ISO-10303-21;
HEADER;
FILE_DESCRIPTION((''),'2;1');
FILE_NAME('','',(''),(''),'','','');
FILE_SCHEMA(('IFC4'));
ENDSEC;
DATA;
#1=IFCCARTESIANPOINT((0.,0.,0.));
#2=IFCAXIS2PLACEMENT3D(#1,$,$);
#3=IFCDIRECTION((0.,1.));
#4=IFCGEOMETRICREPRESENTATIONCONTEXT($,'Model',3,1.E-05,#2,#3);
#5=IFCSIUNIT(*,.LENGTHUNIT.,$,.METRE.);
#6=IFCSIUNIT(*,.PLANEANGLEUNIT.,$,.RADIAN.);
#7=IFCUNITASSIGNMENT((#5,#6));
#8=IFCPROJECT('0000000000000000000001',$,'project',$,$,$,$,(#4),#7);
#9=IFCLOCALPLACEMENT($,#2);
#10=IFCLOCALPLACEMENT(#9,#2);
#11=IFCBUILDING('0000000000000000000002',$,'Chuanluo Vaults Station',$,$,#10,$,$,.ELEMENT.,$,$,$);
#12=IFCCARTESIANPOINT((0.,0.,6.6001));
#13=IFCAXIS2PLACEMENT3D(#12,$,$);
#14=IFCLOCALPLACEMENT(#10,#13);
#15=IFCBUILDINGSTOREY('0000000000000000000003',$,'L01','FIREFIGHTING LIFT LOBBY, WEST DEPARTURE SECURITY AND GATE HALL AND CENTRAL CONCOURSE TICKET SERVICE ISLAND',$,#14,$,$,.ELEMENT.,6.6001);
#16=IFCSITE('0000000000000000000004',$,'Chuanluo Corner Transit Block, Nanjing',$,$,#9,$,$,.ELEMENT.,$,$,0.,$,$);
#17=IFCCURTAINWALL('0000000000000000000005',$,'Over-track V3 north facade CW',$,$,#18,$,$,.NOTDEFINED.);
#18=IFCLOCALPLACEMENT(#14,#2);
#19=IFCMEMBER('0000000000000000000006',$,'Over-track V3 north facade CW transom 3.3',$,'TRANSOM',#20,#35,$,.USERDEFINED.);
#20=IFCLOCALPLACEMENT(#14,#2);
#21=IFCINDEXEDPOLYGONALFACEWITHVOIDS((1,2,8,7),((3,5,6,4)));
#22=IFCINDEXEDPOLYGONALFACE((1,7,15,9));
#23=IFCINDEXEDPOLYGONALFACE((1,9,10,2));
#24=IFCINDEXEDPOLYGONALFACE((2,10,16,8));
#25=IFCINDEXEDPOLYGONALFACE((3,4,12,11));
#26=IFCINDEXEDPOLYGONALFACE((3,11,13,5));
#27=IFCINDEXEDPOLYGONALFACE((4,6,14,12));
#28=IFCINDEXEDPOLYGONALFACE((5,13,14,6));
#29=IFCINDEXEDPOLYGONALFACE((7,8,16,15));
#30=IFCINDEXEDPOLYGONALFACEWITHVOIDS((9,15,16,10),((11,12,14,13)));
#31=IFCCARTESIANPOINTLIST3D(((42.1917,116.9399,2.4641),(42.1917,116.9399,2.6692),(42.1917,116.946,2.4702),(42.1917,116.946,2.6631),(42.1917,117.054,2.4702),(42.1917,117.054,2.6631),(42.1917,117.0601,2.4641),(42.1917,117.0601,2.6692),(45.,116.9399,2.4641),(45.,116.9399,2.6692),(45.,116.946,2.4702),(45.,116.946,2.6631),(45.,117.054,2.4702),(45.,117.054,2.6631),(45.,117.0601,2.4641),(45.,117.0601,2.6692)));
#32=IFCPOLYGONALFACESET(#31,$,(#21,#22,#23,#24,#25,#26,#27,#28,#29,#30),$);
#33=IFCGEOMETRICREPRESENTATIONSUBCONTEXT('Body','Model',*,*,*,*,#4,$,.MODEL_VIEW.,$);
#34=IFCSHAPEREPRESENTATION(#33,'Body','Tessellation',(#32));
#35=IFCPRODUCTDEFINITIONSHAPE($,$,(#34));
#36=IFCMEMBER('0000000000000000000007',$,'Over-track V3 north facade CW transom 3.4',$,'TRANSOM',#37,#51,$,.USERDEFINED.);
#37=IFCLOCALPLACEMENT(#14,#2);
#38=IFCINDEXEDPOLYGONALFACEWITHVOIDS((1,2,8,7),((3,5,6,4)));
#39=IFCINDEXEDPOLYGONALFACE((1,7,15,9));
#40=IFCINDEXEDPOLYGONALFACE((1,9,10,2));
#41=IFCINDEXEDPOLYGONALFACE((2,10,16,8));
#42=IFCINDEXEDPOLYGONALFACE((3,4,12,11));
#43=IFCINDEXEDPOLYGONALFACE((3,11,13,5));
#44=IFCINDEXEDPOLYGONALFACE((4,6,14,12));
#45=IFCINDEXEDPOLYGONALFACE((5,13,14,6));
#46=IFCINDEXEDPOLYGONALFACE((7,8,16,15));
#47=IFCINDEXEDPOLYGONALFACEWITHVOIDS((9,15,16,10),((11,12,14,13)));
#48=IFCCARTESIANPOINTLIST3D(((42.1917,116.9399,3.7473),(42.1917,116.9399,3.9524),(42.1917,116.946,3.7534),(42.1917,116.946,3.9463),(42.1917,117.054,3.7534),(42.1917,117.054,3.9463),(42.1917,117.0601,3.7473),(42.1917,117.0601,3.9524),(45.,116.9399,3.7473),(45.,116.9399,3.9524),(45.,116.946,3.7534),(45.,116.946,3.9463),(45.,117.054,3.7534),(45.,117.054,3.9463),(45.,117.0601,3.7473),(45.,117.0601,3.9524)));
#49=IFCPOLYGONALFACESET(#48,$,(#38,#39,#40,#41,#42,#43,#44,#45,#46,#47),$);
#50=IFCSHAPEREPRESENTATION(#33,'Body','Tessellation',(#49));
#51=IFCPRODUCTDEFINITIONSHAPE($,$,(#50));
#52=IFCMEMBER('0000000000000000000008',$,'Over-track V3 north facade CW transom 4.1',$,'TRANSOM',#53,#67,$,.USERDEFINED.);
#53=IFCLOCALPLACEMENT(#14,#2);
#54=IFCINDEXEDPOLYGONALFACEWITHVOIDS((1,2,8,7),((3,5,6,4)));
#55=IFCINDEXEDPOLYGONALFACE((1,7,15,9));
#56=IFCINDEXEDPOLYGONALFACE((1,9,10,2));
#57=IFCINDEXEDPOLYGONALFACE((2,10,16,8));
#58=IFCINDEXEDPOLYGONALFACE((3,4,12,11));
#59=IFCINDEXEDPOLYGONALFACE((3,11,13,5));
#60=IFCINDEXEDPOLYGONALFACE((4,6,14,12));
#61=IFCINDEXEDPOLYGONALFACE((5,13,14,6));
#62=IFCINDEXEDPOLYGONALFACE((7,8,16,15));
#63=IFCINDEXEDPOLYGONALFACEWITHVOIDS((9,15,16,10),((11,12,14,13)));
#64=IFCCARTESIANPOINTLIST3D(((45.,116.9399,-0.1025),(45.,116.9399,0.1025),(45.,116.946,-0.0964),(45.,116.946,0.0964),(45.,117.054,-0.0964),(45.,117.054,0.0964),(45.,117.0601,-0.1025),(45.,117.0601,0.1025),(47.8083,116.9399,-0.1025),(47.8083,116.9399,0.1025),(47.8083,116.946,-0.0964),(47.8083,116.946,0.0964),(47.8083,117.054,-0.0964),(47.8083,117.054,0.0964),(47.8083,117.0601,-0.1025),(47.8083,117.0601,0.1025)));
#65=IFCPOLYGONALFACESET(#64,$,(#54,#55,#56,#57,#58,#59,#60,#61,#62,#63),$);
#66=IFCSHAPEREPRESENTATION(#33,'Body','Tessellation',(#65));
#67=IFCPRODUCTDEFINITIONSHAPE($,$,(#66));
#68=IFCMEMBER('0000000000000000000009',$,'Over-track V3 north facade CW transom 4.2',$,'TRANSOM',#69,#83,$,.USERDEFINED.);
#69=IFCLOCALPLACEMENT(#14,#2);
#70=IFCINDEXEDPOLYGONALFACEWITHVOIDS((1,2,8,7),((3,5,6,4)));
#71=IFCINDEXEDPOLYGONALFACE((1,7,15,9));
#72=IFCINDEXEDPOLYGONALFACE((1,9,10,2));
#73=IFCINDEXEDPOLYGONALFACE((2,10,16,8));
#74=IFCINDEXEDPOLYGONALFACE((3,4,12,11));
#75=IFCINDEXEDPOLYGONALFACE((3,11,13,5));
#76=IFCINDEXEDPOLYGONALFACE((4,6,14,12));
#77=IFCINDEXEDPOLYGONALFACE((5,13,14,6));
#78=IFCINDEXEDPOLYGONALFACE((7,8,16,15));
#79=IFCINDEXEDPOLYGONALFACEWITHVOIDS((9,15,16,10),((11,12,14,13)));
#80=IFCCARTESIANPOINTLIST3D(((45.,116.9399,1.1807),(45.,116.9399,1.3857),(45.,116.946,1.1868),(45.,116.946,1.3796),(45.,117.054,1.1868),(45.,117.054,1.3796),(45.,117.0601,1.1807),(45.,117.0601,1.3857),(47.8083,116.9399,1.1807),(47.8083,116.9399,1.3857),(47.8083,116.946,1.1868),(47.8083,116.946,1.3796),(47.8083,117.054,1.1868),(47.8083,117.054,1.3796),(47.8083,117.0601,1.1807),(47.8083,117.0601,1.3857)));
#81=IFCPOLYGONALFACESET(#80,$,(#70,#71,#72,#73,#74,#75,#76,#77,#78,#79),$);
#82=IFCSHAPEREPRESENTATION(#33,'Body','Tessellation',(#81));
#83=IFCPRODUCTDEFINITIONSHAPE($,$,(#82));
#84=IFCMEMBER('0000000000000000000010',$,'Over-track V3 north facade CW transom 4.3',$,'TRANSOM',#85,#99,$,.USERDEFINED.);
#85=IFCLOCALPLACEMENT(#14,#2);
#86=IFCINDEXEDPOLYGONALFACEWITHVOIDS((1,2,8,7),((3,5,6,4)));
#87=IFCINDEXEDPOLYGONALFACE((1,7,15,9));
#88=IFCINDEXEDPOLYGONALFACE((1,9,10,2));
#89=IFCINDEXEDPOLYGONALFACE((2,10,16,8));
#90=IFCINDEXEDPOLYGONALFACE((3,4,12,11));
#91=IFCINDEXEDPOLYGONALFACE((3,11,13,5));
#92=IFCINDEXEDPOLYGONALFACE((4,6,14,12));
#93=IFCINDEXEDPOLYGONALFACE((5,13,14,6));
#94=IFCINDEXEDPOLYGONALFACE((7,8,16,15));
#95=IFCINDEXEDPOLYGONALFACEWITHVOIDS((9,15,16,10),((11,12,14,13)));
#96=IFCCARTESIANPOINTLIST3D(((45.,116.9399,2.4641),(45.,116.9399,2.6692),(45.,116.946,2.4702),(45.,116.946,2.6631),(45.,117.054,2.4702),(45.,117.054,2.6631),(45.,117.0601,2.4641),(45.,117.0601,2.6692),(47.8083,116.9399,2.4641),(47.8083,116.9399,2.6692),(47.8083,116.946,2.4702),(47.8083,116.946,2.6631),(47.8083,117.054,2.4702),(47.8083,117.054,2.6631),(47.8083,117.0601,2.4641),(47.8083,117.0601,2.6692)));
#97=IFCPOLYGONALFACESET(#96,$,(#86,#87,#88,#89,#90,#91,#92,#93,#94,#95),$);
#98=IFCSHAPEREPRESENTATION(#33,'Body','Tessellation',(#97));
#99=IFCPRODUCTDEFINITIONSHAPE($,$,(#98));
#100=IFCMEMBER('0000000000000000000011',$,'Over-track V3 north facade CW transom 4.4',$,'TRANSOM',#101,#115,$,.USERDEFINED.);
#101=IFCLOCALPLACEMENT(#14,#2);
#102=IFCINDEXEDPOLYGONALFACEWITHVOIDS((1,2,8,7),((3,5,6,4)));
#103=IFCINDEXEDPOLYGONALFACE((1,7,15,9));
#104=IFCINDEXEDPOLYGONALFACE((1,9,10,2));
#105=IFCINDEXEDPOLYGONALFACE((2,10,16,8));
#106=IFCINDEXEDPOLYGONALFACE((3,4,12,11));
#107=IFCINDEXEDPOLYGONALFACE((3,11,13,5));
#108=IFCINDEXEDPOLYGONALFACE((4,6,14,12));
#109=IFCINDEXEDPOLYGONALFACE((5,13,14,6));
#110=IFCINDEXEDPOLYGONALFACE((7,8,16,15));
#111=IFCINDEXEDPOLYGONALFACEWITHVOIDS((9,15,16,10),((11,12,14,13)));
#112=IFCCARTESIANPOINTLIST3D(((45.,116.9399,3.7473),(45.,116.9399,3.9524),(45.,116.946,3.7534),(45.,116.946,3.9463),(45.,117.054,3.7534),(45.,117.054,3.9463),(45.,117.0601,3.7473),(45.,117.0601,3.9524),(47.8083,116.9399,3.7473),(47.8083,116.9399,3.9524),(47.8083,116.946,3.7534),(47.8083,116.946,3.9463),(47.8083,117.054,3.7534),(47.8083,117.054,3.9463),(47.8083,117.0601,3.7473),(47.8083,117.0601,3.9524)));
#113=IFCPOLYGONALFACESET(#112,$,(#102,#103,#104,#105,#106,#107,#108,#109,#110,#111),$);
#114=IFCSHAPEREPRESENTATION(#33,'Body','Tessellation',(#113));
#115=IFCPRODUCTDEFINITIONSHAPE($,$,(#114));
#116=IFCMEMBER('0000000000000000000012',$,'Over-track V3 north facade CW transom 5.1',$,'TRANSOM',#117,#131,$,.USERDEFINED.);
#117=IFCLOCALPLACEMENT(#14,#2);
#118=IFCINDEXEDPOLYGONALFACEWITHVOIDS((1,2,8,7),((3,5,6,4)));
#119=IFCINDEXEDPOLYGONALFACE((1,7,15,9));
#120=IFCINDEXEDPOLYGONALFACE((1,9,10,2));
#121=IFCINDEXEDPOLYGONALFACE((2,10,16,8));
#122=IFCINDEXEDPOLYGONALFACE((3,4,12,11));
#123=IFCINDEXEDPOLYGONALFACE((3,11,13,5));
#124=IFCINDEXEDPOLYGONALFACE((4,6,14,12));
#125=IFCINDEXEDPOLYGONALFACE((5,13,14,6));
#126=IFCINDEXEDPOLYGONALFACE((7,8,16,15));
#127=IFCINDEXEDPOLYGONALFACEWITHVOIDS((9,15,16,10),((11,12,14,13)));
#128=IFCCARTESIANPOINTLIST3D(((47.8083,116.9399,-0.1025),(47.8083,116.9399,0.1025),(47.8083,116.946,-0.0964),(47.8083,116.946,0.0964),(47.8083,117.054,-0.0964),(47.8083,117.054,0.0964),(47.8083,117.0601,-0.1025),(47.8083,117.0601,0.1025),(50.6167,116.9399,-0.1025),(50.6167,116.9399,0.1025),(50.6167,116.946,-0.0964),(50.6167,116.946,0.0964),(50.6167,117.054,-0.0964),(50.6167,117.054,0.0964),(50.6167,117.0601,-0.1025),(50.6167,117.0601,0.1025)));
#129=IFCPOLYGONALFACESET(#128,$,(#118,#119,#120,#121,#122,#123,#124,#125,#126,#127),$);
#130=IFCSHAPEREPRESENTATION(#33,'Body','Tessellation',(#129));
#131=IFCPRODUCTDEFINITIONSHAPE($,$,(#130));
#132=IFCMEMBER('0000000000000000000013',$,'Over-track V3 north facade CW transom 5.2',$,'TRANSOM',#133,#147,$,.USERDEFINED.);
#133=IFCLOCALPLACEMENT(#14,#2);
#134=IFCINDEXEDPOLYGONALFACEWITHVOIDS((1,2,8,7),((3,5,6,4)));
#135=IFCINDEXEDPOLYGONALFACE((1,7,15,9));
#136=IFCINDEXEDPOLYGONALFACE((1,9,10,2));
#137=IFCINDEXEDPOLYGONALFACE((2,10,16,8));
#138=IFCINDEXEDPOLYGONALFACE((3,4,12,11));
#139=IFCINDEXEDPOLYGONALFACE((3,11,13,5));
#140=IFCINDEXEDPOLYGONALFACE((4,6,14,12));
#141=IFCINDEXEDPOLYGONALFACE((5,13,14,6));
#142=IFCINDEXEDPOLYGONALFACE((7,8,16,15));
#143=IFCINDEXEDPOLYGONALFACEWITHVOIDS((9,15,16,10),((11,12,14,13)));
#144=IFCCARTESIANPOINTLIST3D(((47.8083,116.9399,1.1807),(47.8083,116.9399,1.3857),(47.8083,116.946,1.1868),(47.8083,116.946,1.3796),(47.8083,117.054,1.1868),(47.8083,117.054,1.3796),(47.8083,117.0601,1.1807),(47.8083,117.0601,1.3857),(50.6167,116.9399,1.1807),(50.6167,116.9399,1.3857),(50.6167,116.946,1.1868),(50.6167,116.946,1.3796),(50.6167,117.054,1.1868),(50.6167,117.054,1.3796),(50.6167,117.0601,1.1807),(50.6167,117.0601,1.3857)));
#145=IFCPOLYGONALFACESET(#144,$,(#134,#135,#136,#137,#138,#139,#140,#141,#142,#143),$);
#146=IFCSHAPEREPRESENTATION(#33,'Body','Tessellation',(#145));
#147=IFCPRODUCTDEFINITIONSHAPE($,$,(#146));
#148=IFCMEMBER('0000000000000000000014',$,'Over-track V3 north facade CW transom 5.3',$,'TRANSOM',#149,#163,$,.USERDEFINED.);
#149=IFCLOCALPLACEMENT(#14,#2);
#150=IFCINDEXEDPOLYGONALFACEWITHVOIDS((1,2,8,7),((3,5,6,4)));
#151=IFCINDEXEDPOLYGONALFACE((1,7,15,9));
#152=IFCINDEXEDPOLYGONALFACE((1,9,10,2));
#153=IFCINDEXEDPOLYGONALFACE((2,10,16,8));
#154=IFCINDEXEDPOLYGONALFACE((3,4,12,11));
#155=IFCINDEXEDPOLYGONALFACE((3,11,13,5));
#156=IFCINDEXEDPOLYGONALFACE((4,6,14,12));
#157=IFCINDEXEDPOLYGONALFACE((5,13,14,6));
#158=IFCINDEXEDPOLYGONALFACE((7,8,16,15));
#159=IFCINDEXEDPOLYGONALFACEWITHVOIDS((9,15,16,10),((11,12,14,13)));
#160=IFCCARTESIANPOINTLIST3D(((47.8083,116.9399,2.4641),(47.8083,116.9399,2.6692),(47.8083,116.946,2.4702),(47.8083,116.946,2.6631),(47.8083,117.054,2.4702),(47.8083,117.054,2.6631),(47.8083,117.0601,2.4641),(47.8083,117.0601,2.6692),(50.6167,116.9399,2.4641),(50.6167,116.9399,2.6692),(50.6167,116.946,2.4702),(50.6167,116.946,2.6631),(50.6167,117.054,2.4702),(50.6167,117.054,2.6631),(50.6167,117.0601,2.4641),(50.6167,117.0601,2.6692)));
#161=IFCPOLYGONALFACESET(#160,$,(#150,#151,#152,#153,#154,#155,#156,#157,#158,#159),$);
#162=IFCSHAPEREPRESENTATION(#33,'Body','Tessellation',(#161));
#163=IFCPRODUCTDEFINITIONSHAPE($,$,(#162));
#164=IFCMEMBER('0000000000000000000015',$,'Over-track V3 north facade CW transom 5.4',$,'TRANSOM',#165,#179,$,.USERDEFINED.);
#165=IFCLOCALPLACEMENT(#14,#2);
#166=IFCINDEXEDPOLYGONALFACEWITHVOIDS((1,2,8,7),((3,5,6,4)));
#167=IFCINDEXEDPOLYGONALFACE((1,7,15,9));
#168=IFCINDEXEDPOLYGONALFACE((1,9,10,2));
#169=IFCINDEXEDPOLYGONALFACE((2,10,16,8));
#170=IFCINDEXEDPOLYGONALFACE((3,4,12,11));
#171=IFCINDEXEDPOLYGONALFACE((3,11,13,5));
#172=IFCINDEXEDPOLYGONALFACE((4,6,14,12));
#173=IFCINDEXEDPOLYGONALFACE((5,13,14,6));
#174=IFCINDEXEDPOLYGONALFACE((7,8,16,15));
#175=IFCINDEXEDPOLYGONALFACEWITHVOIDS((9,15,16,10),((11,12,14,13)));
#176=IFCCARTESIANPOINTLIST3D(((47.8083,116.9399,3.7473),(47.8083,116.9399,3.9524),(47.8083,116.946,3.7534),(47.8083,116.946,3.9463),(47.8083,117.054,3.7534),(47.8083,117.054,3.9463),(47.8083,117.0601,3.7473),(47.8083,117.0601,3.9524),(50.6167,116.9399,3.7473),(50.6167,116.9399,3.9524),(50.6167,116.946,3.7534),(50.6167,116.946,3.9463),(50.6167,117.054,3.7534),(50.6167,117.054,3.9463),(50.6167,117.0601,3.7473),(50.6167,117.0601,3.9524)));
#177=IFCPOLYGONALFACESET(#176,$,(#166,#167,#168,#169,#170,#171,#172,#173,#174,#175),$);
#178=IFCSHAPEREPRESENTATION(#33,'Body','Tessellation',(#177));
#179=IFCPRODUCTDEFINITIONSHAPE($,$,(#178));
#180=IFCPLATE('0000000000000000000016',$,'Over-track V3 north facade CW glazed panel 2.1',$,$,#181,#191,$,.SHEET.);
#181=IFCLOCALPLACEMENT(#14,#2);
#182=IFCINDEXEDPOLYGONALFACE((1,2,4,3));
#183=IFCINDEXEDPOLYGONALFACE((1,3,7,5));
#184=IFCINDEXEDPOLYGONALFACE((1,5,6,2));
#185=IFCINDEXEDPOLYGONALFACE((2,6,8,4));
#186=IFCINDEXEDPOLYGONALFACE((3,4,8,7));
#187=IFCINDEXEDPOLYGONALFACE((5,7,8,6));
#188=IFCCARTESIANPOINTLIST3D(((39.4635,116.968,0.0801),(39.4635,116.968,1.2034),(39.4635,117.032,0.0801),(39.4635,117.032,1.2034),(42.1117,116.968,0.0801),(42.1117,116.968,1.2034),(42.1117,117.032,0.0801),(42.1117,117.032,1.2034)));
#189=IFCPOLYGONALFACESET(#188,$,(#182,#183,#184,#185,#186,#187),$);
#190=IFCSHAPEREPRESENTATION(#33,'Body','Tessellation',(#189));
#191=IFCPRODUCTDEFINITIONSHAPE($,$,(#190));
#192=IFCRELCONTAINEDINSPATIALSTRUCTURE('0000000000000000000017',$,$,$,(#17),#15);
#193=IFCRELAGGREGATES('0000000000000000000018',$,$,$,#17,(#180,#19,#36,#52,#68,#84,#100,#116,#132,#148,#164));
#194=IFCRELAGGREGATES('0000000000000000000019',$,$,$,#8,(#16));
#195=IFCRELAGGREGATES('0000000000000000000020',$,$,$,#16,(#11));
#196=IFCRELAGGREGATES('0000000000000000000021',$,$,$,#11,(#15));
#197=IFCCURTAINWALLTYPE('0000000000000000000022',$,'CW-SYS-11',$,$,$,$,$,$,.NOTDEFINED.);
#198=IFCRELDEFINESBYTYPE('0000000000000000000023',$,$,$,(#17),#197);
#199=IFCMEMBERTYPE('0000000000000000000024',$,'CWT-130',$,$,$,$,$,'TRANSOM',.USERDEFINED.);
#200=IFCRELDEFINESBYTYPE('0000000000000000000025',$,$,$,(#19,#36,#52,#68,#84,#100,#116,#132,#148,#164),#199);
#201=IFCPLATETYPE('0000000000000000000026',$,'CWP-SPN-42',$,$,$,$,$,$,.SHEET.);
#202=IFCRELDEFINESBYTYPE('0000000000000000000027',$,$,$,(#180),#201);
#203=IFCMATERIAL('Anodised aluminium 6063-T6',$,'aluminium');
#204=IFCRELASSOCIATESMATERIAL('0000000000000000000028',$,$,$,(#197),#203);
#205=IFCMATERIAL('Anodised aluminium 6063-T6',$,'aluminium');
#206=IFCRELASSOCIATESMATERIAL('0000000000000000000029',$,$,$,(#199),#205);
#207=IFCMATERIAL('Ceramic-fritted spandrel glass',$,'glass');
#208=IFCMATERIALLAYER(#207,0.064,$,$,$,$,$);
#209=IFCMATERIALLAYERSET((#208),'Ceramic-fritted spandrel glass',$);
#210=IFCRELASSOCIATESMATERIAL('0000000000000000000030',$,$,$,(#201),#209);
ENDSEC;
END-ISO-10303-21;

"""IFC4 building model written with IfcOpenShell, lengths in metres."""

from ifc_helpers import new_model, si_unit, direction, frame, origin, origin_2d, place, context, subcontext, project, spatial, rectangle, hollow_rectangle, extrude, material, layer, layer_set, material_profile, profile_set, type_object, element, aggregate, save


model = new_model("IFC4")

# Units and contexts
model_context = context("Model", 3, precision=1e-05, world=origin(), true_north=direction((0.0, 1.0)))
body_context = subcontext(model_context, "Body", "Model", "MODEL_VIEW")
ifc_project = project(units=[si_unit("LENGTHUNIT", "METRE"), si_unit("PLANEANGLEUNIT", "RADIAN")], contexts=[model_context])

# Site, building, storey
site_placement = place(None, origin())
site = spatial("IfcSite", under=ifc_project, at=site_placement, Name="Chuanluo Corner Transit Block, Nanjing", CompositionType="ELEMENT", RefElevation=0.0)
building_placement = place(site_placement, origin())
building = spatial("IfcBuilding", under=site, at=building_placement, Name="Chuanluo Vaults Station", CompositionType="ELEMENT")
storey_placement = place(building_placement, frame((0.0, 0.0, 6.6001)))
storey = spatial("IfcBuildingStorey", under=building, at=storey_placement, Name="L01", Description="FIREFIGHTING LIFT LOBBY, WEST DEPARTURE SECURITY AND GATE HALL AND CENTRAL CONCOURSE TICKET SERVICE ISLAND", CompositionType="ELEMENT", Elevation=6.6001)

# Curtain wall, members, plate
ifc_material_1 = material(Name="Anodised aluminium 6063-T6", Category="aluminium")
curtain_wall_type = type_object("IfcCurtainWallType", Name="CW-SYS-11", PredefinedType="NOTDEFINED", material=ifc_material_1)
curtain_wall_placement = place(storey_placement, origin())
curtain_wall = element("IfcCurtainWall", 1, at=curtain_wall_placement, inside=storey, type_object=curtain_wall_type, Name="Over-track V3 north facade CW", PredefinedType="NOTDEFINED")
ifc_material_2 = material(Name="Anodised aluminium 6063-T6", Category="aluminium")
ifc_material_profile_1 = material_profile(ifc_material_2, hollow_rectangle(XDim=0.1201, YDim=0.2051, WallThickness=0.0061, at=origin_2d()))
ifc_profile_set_1 = profile_set([ifc_material_profile_1], Name="Anodised aluminium 6063-T6")
member_type_1 = type_object("IfcMemberType", Name="CWT-130", ElementType="TRANSOM", PredefinedType="USERDEFINED", material=ifc_profile_set_1)
member_1_placement = place(storey_placement, frame((42.1917, 117.0, 2.5667), z_axis=(1.0, 0.0, 0.0), x_axis=(0.0, 1.0, 0.0)))
member_1 = element("IfcMember", 2, at=member_1_placement, type_object=member_type_1, Name="Over-track V3 north facade CW transom 3.3", ObjectType="TRANSOM", PredefinedType="USERDEFINED", context=body_context, shape_type="SweptSolid", body=[
    extrude(hollow_rectangle(XDim=0.1201, YDim=0.2051, WallThickness=0.0061, at=origin_2d()), origin(), (0.0, 0.0, 1.0), 2.8083),
])
member_2_placement = place(storey_placement, frame((42.1917, 117.0, 3.8499), z_axis=(1.0, 0.0, 0.0), x_axis=(0.0, 1.0, 0.0)))
member_2 = element("IfcMember", 3, at=member_2_placement, type_object=member_type_1, Name="Over-track V3 north facade CW transom 3.4", ObjectType="TRANSOM", PredefinedType="USERDEFINED", context=body_context, shape_type="SweptSolid", body=[
    extrude(hollow_rectangle(XDim=0.1201, YDim=0.2051, WallThickness=0.0061, at=origin_2d()), origin(), (0.0, 0.0, 1.0), 2.8083),
])
member_3_placement = place(storey_placement, frame((45.0, 117.0, 0.0), z_axis=(1.0, 0.0, 0.0), x_axis=(0.0, 1.0, 0.0)))
member_3 = element("IfcMember", 4, at=member_3_placement, type_object=member_type_1, Name="Over-track V3 north facade CW transom 4.1", ObjectType="TRANSOM", PredefinedType="USERDEFINED", context=body_context, shape_type="SweptSolid", body=[
    extrude(hollow_rectangle(XDim=0.1201, YDim=0.2051, WallThickness=0.0061, at=origin_2d()), origin(), (0.0, 0.0, 1.0), 2.8083),
])
member_4_placement = place(storey_placement, frame((45.0, 117.0, 1.2832), z_axis=(1.0, 0.0, 0.0), x_axis=(0.0, 1.0, 0.0)))
member_4 = element("IfcMember", 5, at=member_4_placement, type_object=member_type_1, Name="Over-track V3 north facade CW transom 4.2", ObjectType="TRANSOM", PredefinedType="USERDEFINED", context=body_context, shape_type="SweptSolid", body=[
    extrude(hollow_rectangle(XDim=0.1201, YDim=0.2051, WallThickness=0.0061, at=origin_2d()), origin(), (0.0, 0.0, 1.0), 2.8083),
])
member_5_placement = place(storey_placement, frame((45.0, 117.0, 2.5667), z_axis=(1.0, 0.0, 0.0), x_axis=(0.0, 1.0, 0.0)))
member_5 = element("IfcMember", 6, at=member_5_placement, type_object=member_type_1, Name="Over-track V3 north facade CW transom 4.3", ObjectType="TRANSOM", PredefinedType="USERDEFINED", context=body_context, shape_type="SweptSolid", body=[
    extrude(hollow_rectangle(XDim=0.1201, YDim=0.2051, WallThickness=0.0061, at=origin_2d()), origin(), (0.0, 0.0, 1.0), 2.8083),
])
member_6_placement = place(storey_placement, frame((45.0, 117.0, 3.8499), z_axis=(1.0, 0.0, 0.0), x_axis=(0.0, 1.0, 0.0)))
member_6 = element("IfcMember", 7, at=member_6_placement, type_object=member_type_1, Name="Over-track V3 north facade CW transom 4.4", ObjectType="TRANSOM", PredefinedType="USERDEFINED", context=body_context, shape_type="SweptSolid", body=[
    extrude(hollow_rectangle(XDim=0.1201, YDim=0.2051, WallThickness=0.0061, at=origin_2d()), origin(), (0.0, 0.0, 1.0), 2.8083),
])
member_7_placement = place(storey_placement, frame((47.8083, 117.0, 0.0), z_axis=(1.0, 0.0, 0.0), x_axis=(0.0, 1.0, 0.0)))
member_7 = element("IfcMember", 8, at=member_7_placement, type_object=member_type_1, Name="Over-track V3 north facade CW transom 5.1", ObjectType="TRANSOM", PredefinedType="USERDEFINED", context=body_context, shape_type="SweptSolid", body=[
    extrude(hollow_rectangle(XDim=0.1201, YDim=0.2051, WallThickness=0.0061, at=origin_2d()), origin(), (0.0, 0.0, 1.0), 2.8083),
])
member_8_placement = place(storey_placement, frame((47.8083, 117.0, 1.2832), z_axis=(1.0, 0.0, 0.0), x_axis=(0.0, 1.0, 0.0)))
member_8 = element("IfcMember", 9, at=member_8_placement, type_object=member_type_1, Name="Over-track V3 north facade CW transom 5.2", ObjectType="TRANSOM", PredefinedType="USERDEFINED", context=body_context, shape_type="SweptSolid", body=[
    extrude(hollow_rectangle(XDim=0.1201, YDim=0.2051, WallThickness=0.0061, at=origin_2d()), origin(), (0.0, 0.0, 1.0), 2.8083),
])
member_9_placement = place(storey_placement, frame((47.8083, 117.0, 2.5667), z_axis=(1.0, 0.0, 0.0), x_axis=(0.0, 1.0, 0.0)))
member_9 = element("IfcMember", 10, at=member_9_placement, type_object=member_type_1, Name="Over-track V3 north facade CW transom 5.3", ObjectType="TRANSOM", PredefinedType="USERDEFINED", context=body_context, shape_type="SweptSolid", body=[
    extrude(hollow_rectangle(XDim=0.1201, YDim=0.2051, WallThickness=0.0061, at=origin_2d()), origin(), (0.0, 0.0, 1.0), 2.8083),
])
member_10_placement = place(storey_placement, frame((47.8083, 117.0, 3.8499), z_axis=(1.0, 0.0, 0.0), x_axis=(0.0, 1.0, 0.0)))
member_10 = element("IfcMember", 11, at=member_10_placement, type_object=member_type_1, Name="Over-track V3 north facade CW transom 5.4", ObjectType="TRANSOM", PredefinedType="USERDEFINED", context=body_context, shape_type="SweptSolid", body=[
    extrude(hollow_rectangle(XDim=0.1201, YDim=0.2051, WallThickness=0.0061, at=origin_2d()), origin(), (0.0, 0.0, 1.0), 2.8083),
])
ifc_material_3 = material(Name="Ceramic-fritted spandrel glass", Category="glass")
ifc_layer_1 = layer(ifc_material_3, 0.064)
ifc_layer_set_1 = layer_set([ifc_layer_1], Name="Ceramic-fritted spandrel glass")
plate_type_1 = type_object("IfcPlateType", Name="CWP-SPN-42", PredefinedType="SHEET", material=ifc_layer_set_1)
plate_1_placement = place(storey_placement, frame((40.7876, 117.0, 0.0801), z_axis=(0.0, 0.0, 1.0), x_axis=(1.0, 0.0, 0.0)))
plate_1 = element("IfcPlate", 12, at=plate_1_placement, type_object=plate_type_1, Name="Over-track V3 north facade CW glazed panel 2.1", PredefinedType="SHEET", context=body_context, shape_type="SweptSolid", body=[
    extrude(rectangle(XDim=2.6482, YDim=0.064, at=origin_2d()), origin(), (0.0, 0.0, 1.0), 1.1233),
])
aggregate(curtain_wall, [plate_1, member_1, member_2, member_3, member_4, member_5, member_6, member_7, member_8, member_9, member_10])

save(model, "model.ifc")
